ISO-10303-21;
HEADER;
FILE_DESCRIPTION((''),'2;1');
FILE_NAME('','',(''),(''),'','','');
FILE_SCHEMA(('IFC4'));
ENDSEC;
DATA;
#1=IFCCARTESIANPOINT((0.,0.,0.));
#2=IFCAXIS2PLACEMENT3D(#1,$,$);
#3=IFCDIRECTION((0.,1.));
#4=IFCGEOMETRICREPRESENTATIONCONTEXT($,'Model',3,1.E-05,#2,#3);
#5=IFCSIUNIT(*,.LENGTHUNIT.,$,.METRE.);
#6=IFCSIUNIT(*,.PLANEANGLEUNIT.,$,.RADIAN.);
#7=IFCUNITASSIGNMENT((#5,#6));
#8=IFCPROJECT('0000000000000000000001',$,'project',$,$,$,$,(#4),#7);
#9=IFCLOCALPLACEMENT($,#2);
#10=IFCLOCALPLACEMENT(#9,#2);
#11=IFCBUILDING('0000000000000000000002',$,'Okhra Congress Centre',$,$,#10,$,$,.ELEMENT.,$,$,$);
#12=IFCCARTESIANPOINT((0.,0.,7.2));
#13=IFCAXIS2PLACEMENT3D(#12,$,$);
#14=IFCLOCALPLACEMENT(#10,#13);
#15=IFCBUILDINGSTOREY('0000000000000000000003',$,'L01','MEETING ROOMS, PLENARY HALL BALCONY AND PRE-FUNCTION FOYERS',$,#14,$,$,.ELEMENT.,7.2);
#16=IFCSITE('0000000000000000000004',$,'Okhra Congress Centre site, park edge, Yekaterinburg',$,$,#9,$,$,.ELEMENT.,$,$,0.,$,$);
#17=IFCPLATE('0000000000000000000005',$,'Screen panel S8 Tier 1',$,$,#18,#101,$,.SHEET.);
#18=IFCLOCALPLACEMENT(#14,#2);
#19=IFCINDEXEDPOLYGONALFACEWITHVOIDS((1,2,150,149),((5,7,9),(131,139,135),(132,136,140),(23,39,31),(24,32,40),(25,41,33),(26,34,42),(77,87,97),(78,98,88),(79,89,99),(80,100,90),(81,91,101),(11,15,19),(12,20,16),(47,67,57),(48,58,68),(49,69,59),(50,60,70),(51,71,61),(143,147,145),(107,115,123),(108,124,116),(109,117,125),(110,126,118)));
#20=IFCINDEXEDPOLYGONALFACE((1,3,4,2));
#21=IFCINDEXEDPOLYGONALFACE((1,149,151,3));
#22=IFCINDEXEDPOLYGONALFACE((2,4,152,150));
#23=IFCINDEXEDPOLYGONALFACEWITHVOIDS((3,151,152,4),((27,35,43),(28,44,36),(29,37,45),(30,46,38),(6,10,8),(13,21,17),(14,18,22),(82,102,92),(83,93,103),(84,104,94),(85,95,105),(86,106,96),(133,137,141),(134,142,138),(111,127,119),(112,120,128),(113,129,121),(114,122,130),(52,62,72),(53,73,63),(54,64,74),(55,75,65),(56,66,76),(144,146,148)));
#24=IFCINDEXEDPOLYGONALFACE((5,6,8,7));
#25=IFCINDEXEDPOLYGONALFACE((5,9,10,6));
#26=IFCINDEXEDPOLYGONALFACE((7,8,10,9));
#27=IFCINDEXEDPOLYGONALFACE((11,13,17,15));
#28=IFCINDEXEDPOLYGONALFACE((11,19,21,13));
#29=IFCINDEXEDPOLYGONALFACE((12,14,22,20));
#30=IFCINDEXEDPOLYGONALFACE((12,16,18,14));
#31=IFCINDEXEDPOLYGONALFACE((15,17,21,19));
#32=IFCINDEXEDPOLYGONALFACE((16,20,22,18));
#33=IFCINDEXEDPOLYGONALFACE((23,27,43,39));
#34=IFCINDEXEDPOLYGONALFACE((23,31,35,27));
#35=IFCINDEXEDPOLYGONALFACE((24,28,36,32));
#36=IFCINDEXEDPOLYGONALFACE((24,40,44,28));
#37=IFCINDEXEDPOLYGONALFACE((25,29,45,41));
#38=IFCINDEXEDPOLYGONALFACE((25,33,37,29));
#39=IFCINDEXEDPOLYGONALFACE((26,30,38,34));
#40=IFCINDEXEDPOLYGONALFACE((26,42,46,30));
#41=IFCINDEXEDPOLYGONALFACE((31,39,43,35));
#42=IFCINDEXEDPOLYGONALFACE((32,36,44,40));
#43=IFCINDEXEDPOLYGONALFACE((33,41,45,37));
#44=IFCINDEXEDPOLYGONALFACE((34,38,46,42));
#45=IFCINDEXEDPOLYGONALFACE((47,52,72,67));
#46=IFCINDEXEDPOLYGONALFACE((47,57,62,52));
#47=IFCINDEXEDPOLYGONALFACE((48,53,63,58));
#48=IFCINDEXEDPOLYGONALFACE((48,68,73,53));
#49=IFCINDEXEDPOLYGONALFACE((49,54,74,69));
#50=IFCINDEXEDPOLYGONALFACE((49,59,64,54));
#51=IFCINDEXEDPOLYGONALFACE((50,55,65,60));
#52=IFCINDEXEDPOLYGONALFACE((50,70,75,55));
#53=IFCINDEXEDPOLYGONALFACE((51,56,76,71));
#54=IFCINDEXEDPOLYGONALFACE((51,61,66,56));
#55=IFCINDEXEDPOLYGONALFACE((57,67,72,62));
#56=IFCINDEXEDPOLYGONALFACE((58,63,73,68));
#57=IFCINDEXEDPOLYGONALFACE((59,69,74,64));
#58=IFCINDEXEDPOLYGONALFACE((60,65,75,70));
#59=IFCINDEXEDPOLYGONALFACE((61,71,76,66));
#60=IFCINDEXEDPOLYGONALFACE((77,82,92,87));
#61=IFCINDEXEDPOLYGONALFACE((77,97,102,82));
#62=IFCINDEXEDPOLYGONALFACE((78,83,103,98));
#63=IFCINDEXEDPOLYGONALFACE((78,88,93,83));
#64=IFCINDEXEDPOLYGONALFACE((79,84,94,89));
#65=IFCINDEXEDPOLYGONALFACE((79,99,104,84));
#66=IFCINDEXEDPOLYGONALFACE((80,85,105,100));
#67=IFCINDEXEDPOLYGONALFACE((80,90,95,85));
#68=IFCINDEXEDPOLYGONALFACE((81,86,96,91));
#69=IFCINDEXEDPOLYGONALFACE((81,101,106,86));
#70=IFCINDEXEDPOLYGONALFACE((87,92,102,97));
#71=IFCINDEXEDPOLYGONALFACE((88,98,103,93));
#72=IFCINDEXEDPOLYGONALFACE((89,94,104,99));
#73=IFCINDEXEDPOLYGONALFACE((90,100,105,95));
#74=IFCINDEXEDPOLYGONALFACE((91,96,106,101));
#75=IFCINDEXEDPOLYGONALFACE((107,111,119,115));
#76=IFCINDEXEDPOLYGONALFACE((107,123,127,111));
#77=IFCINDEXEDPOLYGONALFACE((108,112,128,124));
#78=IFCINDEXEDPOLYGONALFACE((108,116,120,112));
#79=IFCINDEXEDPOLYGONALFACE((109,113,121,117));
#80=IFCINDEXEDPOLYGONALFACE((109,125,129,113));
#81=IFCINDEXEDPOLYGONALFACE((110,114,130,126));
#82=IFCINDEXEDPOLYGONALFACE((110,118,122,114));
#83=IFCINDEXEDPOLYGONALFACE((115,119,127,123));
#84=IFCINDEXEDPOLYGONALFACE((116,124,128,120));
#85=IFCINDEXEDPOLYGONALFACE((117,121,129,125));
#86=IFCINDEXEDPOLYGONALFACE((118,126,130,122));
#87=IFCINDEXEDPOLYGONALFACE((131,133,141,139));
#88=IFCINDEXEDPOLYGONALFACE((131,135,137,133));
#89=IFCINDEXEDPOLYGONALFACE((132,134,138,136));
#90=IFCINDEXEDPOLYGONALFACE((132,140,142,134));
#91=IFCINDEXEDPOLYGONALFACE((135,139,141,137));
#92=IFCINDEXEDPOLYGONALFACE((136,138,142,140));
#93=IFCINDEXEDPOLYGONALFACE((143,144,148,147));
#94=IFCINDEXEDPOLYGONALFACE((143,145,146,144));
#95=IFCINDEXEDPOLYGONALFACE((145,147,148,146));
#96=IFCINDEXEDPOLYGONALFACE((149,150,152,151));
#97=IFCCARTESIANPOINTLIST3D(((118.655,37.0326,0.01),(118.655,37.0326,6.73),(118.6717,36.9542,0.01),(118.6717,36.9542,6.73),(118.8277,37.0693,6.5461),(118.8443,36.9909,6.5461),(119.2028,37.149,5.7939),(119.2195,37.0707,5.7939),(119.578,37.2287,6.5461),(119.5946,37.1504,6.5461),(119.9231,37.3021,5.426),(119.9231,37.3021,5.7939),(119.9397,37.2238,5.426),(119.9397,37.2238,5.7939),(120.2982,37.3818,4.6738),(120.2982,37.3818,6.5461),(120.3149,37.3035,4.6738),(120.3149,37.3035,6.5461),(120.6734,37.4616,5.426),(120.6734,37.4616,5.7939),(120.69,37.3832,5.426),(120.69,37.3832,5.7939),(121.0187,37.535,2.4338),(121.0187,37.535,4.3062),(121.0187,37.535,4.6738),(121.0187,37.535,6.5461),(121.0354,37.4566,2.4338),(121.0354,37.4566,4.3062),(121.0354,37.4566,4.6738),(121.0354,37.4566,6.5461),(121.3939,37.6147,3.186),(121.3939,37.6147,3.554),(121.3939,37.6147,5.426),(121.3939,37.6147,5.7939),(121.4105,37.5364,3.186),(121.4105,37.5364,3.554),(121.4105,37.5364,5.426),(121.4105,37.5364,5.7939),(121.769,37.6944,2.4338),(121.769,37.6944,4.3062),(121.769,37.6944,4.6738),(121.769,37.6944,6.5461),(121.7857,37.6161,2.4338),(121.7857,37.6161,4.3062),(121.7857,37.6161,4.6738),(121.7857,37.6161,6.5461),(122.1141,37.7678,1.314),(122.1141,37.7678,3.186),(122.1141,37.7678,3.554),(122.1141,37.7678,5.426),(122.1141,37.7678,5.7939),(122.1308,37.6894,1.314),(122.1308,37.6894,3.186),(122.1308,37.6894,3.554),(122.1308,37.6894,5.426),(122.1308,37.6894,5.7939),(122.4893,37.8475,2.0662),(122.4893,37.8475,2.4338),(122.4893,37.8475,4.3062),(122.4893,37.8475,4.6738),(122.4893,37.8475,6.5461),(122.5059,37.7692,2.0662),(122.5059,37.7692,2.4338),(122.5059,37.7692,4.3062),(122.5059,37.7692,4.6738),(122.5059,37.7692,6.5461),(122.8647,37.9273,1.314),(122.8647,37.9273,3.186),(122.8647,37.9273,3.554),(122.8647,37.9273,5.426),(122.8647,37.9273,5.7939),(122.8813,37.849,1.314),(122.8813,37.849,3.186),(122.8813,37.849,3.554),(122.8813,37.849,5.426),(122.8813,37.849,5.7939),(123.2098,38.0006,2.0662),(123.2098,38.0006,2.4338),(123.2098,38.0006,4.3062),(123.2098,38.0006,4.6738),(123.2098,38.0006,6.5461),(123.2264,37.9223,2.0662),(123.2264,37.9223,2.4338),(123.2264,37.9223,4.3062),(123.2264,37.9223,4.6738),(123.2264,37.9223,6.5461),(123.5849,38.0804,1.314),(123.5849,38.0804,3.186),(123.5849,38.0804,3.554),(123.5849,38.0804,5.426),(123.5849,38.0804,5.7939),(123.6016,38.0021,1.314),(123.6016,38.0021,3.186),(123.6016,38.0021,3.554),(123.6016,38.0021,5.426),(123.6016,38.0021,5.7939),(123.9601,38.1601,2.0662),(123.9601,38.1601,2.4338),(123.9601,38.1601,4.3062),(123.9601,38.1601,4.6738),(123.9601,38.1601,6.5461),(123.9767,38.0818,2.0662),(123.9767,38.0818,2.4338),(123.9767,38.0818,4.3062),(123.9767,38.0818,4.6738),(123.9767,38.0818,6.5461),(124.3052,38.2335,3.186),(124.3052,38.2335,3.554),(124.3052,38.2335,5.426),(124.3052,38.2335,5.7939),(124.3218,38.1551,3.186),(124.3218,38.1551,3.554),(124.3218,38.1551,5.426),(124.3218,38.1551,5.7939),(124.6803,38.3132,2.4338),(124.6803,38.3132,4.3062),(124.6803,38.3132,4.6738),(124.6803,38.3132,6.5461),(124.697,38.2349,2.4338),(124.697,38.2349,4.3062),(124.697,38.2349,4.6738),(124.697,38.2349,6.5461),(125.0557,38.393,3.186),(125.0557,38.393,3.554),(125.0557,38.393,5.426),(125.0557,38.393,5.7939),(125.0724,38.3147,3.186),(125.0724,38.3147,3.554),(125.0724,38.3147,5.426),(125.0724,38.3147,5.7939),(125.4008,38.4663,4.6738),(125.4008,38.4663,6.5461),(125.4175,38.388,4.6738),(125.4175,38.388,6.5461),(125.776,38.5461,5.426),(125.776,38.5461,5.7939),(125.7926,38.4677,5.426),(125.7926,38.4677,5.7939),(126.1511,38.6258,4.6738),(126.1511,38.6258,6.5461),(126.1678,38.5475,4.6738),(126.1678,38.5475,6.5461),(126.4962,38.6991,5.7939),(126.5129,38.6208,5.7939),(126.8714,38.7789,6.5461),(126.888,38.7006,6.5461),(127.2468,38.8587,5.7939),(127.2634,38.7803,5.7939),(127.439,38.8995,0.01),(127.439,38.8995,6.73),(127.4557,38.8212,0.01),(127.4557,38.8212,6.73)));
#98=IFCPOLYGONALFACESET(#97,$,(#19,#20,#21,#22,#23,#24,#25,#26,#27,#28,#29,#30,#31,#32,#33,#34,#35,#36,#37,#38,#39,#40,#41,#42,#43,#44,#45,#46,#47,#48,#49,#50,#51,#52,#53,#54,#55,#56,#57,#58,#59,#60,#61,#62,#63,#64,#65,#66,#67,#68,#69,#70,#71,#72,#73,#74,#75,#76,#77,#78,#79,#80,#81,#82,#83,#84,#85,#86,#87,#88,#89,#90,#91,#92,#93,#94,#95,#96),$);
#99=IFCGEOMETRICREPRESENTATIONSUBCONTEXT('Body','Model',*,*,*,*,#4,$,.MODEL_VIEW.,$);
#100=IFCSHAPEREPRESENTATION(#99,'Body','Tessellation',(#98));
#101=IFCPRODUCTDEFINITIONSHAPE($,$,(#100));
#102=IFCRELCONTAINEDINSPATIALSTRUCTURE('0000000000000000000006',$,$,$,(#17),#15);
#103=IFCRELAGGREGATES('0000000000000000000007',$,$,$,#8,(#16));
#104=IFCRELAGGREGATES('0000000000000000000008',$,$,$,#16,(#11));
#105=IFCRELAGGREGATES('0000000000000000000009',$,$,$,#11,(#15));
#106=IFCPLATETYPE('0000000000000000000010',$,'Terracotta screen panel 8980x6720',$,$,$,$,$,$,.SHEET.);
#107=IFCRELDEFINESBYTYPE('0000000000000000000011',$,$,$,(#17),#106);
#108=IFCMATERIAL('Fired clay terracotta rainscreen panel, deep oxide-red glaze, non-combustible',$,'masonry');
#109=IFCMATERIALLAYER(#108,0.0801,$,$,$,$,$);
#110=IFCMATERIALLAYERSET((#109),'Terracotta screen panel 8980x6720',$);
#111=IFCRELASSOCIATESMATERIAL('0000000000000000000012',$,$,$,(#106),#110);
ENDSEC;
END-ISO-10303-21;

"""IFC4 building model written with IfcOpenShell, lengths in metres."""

from ifc_helpers import new_model, si_unit, direction, frame, origin, place, context, subcontext, project, spatial, polyline, outline, extrude, material, layer, layer_set, type_object, element, save


model = new_model("IFC4")

# Units and contexts
model_context = context("Model", 3, precision=1e-05, world=origin(), true_north=direction((0.0, 1.0)))
body_context = subcontext(model_context, "Body", "Model", "MODEL_VIEW")
ifc_project = project(units=[si_unit("LENGTHUNIT", "METRE"), si_unit("PLANEANGLEUNIT", "RADIAN")], contexts=[model_context])

# Site, building, storey
site_placement = place(None, origin())
site = spatial("IfcSite", under=ifc_project, at=site_placement, Name="Okhra Congress Centre site, park edge, Yekaterinburg", CompositionType="ELEMENT", RefElevation=0.0)
building_placement = place(site_placement, origin())
building = spatial("IfcBuilding", under=site, at=building_placement, Name="Okhra Congress Centre", CompositionType="ELEMENT")
storey_placement = place(building_placement, frame((0.0, 0.0, 7.2)))
storey = spatial("IfcBuildingStorey", under=building, at=storey_placement, Name="L01", Description="MEETING ROOMS, PLENARY HALL BALCONY AND PRE-FUNCTION FOYERS", CompositionType="ELEMENT", Elevation=7.2)

# Plate
ifc_material_1 = material(Name="Fired clay terracotta rainscreen panel, deep oxide-red glaze, non-combustible", Category="masonry")
ifc_layer_1 = layer(ifc_material_1, 0.0801)
ifc_layer_set_1 = layer_set([ifc_layer_1], Name="Terracotta screen panel 8980x6720")
plate_type = type_object("IfcPlateType", Name="Terracotta screen panel 8980x6720", PredefinedType="SHEET", material=ifc_layer_set_1)
plate_1_placement = place(storey_placement, frame((118.6633, 36.9934, 0.01), z_axis=(0.0, 0.0, 1.0), x_axis=(0.978151, 0.207897, 0.0)))
element("IfcPlate", 1, at=plate_1_placement, inside=storey, type_object=plate_type, Name="Screen panel S8 Tier 1", PredefinedType="SHEET", context=body_context, shape_type="SweptSolid", body=[
    extrude(outline(polyline([(0.0, 0.0), (8.9802, 0.0), (8.9802, 6.72), (0.0, 6.72), (0.0, 0.0)]), holes=[polyline([(3.5364, 1.304), (4.3037, 1.304), (3.9199, 2.0562), (3.5364, 1.304)]), polyline([(4.6565, 2.0562), (5.04, 1.304), (5.4236, 2.0562), (4.6565, 2.0562)]), polyline([(2.4165, 2.4238), (3.1836, 2.4238), (2.8, 3.176), (2.4165, 2.4238)]), polyline([(3.5364, 3.176), (3.9199, 2.4238), (4.3037, 3.176), (3.5364, 3.176)]), polyline([(4.6565, 2.4238), (5.4236, 2.4238), (5.04, 3.176), (4.6565, 2.4238)]), polyline([(5.7764, 3.176), (6.1599, 2.4238), (6.5437, 3.176), (5.7764, 3.176)]), polyline([(2.4165, 4.2961), (2.8, 3.5439), (3.1836, 4.2961), (2.4165, 4.2961)]), polyline([(3.5364, 3.5439), (4.3037, 3.5439), (3.9199, 4.2961), (3.5364, 3.5439)]), polyline([(4.6565, 4.2961), (5.04, 3.5439), (5.4236, 4.2961), (4.6565, 4.2961)]), polyline([(5.7764, 3.5439), (6.5437, 3.5439), (6.1599, 4.2961), (5.7764, 3.5439)]), polyline([(1.2964, 5.416), (1.6799, 4.6638), (2.0635, 5.416), (1.2964, 5.416)]), polyline([(2.4165, 4.6638), (3.1836, 4.6638), (2.8, 5.416), (2.4165, 4.6638)]), polyline([(3.5364, 5.416), (3.9199, 4.6638), (4.3037, 5.416), (3.5364, 5.416)]), polyline([(4.6565, 4.6638), (5.4236, 4.6638), (5.04, 5.416), (4.6565, 4.6638)]), polyline([(5.7764, 5.416), (6.1599, 4.6638), (6.5437, 5.416), (5.7764, 5.416)]), polyline([(6.8965, 4.6638), (7.6636, 4.6638), (7.28, 5.416), (6.8965, 4.6638)]), polyline([(0.1765, 6.5361), (0.5601, 5.7839), (0.9436, 6.5361), (0.1765, 6.5361)]), polyline([(1.2964, 5.7839), (2.0635, 5.7839), (1.6799, 6.5361), (1.2964, 5.7839)]), polyline([(2.4165, 6.5361), (2.8, 5.7839), (3.1836, 6.5361), (2.4165, 6.5361)]), polyline([(3.5364, 5.7839), (4.3037, 5.7839), (3.9199, 6.5361), (3.5364, 5.7839)]), polyline([(4.6565, 6.5361), (5.04, 5.7839), (5.4236, 6.5361), (4.6565, 6.5361)]), polyline([(5.7764, 5.7839), (6.5437, 5.7839), (6.1599, 6.5361), (5.7764, 5.7839)]), polyline([(6.8965, 6.5361), (7.28, 5.7839), (7.6636, 6.5361), (6.8965, 6.5361)]), polyline([(8.0164, 5.7839), (8.7837, 5.7839), (8.3999, 6.5361), (8.0164, 5.7839)])]), frame((0.0, 0.04, 0.0), z_axis=(0.0, -1.0, 0.0), x_axis=(1.0, 0.0, 0.0)), (0.0, 0.0, 1.0), 0.0801),
])

save(model, "model.ifc")
